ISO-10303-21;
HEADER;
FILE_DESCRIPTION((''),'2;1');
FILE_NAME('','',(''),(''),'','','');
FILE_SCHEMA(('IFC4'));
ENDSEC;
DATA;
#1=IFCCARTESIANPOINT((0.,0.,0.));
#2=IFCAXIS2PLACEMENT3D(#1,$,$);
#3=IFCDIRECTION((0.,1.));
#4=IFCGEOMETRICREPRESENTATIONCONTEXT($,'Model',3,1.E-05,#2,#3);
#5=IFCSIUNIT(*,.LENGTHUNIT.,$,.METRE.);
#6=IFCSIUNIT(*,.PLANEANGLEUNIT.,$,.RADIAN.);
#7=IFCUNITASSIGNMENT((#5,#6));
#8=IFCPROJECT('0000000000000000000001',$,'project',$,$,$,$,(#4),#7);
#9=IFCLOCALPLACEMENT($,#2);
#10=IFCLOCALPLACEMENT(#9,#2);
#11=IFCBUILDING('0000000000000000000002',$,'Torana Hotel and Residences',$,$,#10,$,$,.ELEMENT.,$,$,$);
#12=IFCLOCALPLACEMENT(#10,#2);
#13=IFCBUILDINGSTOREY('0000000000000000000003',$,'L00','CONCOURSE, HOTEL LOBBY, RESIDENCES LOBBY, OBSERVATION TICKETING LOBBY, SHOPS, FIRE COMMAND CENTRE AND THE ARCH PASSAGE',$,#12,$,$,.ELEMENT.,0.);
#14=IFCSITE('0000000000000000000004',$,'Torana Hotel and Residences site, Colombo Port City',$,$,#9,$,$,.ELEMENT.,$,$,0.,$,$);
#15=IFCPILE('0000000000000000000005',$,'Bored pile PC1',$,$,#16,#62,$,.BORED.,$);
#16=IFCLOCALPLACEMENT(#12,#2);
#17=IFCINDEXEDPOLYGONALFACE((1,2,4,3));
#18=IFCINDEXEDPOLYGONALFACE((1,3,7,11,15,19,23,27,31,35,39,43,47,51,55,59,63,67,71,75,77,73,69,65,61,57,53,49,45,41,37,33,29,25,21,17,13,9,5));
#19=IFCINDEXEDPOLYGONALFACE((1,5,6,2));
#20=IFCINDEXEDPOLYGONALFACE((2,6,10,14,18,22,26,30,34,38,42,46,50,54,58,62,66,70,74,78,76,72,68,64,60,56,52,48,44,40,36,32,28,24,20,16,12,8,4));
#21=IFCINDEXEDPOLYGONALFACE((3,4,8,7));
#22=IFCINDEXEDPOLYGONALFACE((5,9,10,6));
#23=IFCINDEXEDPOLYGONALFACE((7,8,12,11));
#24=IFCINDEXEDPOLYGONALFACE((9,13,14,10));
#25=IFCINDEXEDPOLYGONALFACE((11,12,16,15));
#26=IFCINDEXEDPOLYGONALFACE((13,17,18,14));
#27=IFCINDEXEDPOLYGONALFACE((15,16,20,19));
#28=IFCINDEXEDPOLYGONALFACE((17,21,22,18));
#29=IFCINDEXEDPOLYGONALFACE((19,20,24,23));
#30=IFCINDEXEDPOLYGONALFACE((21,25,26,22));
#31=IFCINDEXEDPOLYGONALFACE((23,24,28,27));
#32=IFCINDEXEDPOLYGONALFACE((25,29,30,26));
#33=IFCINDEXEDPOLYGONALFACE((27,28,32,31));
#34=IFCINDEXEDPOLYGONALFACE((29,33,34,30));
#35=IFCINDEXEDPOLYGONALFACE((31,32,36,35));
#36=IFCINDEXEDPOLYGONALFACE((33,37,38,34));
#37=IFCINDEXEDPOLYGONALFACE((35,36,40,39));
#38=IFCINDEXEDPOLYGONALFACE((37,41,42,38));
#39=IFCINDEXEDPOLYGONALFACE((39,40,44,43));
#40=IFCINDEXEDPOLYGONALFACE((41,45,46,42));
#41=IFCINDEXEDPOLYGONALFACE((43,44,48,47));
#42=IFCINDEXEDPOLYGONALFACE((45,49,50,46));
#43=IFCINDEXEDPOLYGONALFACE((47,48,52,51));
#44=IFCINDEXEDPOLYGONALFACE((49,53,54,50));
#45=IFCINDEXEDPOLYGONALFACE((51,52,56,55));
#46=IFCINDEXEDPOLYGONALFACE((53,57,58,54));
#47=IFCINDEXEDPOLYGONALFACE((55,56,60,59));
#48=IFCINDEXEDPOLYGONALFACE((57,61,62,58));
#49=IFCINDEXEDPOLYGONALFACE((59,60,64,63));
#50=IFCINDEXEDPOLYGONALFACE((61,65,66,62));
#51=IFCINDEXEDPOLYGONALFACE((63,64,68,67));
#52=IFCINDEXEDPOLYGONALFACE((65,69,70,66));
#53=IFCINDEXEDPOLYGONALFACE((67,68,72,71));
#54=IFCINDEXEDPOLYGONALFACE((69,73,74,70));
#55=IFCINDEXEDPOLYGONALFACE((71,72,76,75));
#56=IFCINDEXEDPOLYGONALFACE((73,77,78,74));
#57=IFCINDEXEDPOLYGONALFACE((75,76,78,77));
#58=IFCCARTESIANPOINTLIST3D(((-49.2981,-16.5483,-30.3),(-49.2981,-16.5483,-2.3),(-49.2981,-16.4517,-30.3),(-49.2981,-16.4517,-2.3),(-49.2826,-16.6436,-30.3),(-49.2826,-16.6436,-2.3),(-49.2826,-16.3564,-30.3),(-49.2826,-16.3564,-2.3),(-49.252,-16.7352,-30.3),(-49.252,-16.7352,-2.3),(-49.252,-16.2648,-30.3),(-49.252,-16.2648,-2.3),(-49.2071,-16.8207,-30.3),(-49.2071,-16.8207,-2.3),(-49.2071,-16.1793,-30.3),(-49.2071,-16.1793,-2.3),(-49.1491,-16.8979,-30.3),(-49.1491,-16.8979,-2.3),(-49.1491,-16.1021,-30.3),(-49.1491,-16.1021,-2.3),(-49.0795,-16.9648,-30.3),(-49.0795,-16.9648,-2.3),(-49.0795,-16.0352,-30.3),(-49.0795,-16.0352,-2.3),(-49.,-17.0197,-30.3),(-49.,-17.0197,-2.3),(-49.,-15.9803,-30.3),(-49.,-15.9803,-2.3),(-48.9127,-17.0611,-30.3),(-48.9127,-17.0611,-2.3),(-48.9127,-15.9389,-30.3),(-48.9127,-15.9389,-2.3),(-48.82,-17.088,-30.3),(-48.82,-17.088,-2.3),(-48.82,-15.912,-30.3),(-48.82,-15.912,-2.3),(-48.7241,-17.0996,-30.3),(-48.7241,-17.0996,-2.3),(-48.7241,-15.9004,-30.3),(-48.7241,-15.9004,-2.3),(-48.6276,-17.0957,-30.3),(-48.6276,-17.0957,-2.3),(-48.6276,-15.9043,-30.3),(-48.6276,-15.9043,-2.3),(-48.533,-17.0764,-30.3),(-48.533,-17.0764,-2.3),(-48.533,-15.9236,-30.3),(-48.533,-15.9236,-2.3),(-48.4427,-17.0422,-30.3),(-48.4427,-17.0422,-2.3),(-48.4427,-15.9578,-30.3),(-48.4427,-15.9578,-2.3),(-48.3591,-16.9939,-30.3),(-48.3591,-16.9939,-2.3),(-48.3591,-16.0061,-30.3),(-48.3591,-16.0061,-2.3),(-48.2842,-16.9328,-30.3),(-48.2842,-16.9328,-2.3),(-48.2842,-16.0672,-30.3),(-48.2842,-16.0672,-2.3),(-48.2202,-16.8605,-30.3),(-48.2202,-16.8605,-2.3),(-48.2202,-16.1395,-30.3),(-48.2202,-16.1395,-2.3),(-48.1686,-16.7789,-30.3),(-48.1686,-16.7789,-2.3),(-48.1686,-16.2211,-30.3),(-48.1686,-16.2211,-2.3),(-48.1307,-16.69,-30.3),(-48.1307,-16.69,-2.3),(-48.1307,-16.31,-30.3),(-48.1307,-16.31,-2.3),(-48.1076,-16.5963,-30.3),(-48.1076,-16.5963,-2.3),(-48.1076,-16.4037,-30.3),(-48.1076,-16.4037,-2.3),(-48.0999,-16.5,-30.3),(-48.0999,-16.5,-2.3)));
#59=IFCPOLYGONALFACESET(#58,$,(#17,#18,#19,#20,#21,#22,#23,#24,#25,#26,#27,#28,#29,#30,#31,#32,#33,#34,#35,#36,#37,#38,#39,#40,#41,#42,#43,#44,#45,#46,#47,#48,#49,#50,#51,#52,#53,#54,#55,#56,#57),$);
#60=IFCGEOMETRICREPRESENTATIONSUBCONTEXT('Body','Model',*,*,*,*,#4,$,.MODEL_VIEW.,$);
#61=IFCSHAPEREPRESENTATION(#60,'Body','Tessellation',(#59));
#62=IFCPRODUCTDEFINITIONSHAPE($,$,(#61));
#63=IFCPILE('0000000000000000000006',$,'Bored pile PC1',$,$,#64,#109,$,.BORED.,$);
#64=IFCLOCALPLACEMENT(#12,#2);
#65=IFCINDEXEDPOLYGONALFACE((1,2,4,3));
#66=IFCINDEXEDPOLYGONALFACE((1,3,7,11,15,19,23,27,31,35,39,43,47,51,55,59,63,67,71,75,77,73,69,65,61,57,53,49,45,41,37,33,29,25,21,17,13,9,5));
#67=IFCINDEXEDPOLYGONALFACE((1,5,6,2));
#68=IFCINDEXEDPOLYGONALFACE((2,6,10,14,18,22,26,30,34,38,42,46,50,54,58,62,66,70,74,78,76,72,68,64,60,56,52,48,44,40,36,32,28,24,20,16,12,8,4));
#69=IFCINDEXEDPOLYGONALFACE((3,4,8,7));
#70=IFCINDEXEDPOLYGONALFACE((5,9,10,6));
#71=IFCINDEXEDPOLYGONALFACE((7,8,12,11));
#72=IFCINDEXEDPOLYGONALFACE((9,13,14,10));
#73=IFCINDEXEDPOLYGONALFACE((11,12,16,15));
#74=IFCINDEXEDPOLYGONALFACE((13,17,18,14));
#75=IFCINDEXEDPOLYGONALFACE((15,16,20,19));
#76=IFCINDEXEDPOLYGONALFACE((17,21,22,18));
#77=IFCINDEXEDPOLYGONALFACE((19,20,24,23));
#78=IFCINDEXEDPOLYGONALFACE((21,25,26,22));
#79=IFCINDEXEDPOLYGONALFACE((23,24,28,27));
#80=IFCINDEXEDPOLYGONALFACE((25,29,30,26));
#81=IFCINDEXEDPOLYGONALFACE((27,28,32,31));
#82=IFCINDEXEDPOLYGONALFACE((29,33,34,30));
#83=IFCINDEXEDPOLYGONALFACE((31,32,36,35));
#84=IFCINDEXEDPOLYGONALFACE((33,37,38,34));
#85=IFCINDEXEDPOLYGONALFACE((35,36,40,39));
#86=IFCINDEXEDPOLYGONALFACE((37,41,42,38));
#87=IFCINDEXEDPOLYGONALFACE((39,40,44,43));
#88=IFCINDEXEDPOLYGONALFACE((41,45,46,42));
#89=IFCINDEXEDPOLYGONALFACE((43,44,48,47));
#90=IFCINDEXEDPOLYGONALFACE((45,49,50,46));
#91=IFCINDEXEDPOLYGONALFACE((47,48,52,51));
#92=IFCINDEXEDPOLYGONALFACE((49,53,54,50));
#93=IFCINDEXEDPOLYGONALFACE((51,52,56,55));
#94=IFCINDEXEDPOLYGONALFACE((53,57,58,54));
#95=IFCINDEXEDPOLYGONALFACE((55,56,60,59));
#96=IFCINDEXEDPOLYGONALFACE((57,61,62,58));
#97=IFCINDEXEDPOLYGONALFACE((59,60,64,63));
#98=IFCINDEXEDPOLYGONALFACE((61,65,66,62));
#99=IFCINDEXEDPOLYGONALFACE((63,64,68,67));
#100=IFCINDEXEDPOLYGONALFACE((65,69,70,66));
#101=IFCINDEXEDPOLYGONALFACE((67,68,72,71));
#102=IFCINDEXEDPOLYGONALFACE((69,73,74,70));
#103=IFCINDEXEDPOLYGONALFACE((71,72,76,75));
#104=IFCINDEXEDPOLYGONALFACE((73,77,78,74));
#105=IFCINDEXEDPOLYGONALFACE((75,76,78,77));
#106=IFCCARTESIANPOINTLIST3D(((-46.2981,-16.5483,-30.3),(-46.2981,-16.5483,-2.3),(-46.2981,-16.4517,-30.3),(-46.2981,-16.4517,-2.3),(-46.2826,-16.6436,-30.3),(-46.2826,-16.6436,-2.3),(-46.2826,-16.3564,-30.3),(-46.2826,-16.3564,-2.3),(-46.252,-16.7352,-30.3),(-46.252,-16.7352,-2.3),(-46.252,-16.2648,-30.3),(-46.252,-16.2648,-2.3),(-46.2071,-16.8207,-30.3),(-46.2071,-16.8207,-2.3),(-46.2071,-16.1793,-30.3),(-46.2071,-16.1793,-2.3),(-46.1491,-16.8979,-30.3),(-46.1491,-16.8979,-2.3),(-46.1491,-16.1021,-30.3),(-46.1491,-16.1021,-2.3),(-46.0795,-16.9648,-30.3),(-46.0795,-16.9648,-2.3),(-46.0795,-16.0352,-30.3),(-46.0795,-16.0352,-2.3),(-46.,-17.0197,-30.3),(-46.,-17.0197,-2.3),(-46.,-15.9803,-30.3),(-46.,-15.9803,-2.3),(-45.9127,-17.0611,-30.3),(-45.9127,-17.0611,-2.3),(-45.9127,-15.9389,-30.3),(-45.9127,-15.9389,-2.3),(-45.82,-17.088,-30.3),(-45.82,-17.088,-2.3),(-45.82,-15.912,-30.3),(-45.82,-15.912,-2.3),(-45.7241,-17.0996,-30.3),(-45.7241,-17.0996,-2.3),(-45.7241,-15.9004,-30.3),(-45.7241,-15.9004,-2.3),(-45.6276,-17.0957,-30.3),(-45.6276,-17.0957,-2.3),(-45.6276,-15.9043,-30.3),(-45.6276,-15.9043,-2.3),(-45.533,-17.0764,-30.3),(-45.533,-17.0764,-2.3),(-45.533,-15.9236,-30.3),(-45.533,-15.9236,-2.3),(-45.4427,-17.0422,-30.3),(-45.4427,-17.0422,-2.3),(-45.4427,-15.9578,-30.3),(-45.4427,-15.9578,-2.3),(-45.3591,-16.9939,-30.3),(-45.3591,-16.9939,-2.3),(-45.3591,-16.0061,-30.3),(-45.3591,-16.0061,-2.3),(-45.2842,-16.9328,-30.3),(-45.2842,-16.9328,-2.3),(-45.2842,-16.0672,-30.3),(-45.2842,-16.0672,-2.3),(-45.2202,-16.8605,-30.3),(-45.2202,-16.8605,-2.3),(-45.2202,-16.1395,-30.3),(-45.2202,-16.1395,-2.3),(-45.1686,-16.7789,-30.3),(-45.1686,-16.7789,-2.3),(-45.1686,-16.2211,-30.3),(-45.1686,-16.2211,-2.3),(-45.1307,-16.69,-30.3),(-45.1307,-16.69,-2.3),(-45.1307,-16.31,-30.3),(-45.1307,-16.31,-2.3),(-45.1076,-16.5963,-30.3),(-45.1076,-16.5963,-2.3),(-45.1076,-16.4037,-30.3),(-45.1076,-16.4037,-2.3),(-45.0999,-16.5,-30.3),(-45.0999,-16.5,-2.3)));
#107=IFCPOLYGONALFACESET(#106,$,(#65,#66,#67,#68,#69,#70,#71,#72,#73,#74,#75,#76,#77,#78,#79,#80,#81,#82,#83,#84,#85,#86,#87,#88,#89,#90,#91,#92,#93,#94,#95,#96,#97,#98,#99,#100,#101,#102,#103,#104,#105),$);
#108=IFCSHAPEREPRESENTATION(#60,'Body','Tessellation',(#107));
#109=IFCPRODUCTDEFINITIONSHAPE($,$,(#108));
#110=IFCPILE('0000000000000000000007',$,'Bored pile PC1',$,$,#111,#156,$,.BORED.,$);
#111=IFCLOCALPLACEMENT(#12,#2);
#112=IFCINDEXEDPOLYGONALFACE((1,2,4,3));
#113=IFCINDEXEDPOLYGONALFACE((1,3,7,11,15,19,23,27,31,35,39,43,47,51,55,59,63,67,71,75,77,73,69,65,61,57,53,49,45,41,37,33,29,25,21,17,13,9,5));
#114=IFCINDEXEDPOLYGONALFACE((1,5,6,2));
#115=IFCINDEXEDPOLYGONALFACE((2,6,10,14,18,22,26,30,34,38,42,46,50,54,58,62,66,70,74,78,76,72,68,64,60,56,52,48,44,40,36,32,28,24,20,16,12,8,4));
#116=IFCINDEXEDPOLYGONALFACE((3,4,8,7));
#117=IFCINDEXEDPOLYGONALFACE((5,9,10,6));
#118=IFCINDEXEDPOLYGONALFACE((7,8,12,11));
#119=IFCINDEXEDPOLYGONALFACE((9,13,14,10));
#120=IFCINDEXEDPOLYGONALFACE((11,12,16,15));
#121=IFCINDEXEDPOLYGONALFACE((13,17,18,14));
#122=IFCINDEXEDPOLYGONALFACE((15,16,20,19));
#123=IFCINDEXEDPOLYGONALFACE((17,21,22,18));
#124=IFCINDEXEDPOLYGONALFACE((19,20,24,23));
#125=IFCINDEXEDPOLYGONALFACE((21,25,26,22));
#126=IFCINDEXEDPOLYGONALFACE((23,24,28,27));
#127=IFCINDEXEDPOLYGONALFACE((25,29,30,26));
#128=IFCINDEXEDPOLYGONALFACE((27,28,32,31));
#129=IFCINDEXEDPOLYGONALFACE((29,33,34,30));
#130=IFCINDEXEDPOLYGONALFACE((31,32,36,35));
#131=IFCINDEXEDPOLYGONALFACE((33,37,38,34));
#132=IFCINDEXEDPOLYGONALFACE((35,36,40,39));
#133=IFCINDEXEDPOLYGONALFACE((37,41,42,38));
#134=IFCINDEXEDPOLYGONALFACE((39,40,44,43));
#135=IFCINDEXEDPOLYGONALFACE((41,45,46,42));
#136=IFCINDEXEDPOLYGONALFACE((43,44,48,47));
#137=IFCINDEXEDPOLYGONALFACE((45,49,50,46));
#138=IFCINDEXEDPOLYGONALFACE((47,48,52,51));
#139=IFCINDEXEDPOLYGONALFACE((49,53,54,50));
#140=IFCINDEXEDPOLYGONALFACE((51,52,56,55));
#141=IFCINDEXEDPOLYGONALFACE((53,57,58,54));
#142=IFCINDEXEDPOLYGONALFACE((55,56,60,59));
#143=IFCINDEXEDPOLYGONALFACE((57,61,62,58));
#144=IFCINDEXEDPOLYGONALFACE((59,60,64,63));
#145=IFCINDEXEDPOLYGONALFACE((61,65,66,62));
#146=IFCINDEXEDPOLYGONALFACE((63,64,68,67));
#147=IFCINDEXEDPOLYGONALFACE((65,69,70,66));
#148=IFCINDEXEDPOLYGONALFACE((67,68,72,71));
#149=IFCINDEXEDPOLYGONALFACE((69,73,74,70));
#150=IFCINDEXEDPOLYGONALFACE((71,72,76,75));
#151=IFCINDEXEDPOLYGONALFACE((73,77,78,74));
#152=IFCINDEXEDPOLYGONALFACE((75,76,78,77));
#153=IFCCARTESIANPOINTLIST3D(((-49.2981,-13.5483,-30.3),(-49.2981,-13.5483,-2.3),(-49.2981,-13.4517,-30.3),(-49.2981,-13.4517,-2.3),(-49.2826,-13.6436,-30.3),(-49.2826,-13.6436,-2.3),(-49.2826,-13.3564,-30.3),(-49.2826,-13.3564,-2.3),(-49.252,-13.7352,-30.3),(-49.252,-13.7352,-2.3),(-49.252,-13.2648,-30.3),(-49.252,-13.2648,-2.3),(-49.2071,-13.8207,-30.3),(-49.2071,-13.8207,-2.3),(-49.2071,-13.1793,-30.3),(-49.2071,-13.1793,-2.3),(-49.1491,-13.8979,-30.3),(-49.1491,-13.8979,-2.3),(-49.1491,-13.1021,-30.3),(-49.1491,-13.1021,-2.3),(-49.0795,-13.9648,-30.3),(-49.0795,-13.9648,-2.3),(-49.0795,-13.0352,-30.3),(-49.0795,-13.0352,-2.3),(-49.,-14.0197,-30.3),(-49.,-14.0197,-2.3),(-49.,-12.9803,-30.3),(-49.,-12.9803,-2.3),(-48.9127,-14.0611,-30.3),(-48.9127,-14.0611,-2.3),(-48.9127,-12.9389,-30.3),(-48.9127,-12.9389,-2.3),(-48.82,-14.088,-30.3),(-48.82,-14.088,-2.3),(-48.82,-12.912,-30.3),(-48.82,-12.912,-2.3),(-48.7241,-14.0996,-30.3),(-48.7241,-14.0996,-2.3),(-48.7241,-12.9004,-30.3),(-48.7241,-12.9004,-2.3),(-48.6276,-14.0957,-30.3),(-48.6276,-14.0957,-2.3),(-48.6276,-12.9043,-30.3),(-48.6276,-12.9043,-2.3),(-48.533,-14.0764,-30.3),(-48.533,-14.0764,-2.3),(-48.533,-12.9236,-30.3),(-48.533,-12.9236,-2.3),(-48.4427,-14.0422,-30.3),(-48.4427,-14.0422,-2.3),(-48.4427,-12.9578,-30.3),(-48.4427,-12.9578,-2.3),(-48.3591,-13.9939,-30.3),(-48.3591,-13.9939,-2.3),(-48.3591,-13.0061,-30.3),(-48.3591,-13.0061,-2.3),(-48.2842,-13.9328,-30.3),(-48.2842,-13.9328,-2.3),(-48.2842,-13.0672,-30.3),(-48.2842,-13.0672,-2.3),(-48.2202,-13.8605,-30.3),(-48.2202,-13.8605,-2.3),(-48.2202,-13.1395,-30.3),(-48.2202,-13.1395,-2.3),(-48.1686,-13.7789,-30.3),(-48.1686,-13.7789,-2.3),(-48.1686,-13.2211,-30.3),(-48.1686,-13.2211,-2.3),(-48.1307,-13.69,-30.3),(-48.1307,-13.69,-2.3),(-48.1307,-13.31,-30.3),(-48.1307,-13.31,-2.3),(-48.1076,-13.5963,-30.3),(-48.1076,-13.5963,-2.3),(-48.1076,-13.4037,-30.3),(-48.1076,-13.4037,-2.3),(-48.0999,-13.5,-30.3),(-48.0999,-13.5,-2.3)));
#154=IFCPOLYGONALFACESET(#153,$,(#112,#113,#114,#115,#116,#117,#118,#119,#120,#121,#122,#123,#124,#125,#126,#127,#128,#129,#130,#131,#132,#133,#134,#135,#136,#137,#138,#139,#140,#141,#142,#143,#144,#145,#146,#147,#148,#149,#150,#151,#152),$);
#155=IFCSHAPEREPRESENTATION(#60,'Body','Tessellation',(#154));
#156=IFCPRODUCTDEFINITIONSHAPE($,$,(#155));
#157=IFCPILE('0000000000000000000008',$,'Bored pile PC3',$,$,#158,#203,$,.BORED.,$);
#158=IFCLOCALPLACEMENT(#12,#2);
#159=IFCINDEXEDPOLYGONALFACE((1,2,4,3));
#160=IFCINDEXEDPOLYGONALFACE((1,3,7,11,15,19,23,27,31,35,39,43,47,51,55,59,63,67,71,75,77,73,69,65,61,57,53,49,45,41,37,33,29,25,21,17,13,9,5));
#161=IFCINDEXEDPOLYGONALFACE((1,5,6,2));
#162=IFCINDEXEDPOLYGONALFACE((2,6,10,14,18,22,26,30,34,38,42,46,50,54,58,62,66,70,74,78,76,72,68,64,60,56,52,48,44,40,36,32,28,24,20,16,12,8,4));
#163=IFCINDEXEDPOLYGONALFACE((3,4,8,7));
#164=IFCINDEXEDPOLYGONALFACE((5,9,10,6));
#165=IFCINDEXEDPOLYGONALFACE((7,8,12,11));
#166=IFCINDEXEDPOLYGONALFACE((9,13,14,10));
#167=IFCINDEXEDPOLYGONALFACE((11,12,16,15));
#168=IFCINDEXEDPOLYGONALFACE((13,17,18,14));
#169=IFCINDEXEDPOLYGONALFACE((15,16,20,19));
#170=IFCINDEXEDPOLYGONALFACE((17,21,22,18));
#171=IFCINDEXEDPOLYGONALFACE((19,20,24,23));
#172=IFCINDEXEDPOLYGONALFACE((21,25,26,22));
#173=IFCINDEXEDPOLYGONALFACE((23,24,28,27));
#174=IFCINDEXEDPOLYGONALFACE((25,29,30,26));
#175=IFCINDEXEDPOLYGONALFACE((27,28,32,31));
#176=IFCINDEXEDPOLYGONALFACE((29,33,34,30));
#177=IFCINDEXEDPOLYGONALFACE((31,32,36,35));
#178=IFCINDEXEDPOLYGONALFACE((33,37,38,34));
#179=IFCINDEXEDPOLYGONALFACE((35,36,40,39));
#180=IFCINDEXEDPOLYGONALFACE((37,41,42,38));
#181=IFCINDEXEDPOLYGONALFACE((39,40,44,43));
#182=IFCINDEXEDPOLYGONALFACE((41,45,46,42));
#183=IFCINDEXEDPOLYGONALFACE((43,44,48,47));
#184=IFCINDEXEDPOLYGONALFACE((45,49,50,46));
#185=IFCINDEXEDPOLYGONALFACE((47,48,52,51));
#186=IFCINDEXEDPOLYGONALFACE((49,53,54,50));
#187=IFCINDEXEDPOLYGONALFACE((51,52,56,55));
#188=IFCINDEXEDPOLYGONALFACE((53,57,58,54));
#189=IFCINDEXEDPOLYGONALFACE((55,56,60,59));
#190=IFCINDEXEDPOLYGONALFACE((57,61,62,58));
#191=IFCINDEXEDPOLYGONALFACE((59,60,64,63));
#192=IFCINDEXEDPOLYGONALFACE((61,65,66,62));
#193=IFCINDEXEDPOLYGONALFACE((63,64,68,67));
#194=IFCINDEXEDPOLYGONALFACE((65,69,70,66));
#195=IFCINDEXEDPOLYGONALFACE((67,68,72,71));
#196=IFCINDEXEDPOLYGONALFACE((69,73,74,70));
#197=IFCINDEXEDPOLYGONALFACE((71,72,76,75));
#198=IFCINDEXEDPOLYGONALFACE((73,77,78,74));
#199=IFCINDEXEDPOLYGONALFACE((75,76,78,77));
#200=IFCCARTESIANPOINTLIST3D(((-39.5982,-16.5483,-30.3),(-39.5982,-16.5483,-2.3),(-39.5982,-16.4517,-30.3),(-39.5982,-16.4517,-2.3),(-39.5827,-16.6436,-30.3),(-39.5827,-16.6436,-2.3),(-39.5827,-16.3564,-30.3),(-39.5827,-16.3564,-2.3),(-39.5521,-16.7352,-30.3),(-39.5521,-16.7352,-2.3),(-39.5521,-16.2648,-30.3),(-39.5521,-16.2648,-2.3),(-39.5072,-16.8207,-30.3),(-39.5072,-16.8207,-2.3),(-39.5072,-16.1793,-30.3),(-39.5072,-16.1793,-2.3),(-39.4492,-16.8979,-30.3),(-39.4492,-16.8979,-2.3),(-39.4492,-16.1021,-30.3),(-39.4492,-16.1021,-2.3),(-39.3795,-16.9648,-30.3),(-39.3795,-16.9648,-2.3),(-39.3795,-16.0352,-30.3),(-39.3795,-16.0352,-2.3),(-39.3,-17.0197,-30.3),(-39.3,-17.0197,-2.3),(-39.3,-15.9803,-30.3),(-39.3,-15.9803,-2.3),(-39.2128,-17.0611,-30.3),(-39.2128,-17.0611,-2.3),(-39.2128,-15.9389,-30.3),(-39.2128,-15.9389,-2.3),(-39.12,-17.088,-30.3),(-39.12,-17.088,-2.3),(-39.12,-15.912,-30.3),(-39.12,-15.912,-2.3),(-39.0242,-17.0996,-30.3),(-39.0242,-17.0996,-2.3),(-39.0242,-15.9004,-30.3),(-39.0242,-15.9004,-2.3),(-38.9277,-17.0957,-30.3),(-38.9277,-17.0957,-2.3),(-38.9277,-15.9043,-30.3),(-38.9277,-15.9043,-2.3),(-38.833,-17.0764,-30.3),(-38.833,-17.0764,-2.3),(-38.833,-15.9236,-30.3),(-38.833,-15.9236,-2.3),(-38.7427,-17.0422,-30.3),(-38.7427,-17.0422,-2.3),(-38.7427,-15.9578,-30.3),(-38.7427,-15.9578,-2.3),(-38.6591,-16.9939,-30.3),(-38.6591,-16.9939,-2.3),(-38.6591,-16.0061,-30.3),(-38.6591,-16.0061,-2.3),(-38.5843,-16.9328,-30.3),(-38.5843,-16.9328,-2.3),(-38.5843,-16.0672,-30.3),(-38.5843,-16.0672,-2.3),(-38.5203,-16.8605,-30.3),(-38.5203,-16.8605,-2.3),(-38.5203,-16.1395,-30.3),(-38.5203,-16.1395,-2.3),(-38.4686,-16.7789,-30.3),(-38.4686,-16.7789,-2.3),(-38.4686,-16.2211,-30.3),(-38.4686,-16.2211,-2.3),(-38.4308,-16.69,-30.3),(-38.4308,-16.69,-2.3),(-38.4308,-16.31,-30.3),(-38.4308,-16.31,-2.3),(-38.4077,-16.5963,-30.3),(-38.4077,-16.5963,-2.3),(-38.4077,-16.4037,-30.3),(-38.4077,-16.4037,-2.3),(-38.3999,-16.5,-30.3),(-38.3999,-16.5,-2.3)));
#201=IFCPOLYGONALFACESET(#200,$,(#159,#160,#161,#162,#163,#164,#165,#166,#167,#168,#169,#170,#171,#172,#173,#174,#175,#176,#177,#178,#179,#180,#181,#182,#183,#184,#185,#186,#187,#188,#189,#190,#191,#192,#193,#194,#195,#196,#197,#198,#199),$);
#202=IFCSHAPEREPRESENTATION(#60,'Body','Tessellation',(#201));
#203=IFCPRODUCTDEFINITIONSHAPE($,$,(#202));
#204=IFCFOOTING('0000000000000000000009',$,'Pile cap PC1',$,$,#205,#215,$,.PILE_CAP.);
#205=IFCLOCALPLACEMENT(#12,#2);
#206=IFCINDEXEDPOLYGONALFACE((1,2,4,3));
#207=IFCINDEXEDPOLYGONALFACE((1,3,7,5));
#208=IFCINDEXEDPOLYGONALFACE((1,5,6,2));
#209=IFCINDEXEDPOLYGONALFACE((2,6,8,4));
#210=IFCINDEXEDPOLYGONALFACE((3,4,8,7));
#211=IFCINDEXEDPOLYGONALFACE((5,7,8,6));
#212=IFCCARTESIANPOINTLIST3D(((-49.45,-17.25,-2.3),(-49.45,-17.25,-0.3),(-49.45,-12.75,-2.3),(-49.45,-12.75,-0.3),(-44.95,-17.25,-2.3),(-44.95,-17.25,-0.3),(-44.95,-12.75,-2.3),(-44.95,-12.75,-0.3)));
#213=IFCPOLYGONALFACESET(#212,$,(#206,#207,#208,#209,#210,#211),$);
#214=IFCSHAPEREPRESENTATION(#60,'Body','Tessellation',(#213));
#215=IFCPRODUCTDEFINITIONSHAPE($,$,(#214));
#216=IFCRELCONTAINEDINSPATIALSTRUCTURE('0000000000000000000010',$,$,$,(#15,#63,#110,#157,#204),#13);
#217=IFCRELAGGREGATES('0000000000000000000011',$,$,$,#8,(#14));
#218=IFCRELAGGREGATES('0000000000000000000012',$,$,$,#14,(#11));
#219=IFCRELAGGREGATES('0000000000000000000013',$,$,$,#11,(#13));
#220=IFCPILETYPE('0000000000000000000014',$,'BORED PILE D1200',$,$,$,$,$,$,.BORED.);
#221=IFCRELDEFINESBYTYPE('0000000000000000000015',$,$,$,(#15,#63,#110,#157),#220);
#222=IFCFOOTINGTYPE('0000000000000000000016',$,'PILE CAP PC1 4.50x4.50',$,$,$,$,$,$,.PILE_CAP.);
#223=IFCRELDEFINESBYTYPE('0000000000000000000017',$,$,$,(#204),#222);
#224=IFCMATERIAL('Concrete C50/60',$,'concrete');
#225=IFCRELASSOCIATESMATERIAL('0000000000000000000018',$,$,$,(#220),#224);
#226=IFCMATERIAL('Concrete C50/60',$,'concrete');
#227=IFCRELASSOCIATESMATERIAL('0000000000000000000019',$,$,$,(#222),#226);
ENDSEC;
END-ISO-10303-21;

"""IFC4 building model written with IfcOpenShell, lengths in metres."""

from ifc_helpers import new_model, si_unit, direction, frame, origin, origin_2d, place, context, subcontext, project, spatial, rectangle, circle, extrude, material, type_object, element, save


model = new_model("IFC4")

# Units and contexts
model_context = context("Model", 3, precision=1e-05, world=origin(), true_north=direction((0.0, 1.0)))
body_context = subcontext(model_context, "Body", "Model", "MODEL_VIEW")
ifc_project = project(units=[si_unit("LENGTHUNIT", "METRE"), si_unit("PLANEANGLEUNIT", "RADIAN")], contexts=[model_context])

# Site, building, storey
site_placement = place(None, origin())
site = spatial("IfcSite", under=ifc_project, at=site_placement, Name="Torana Hotel and Residences site, Colombo Port City", CompositionType="ELEMENT", RefElevation=0.0)
building_placement = place(site_placement, origin())
building = spatial("IfcBuilding", under=site, at=building_placement, Name="Torana Hotel and Residences", CompositionType="ELEMENT")
storey_placement = place(building_placement, origin())
storey = spatial("IfcBuildingStorey", under=building, at=storey_placement, Name="L00", Description="CONCOURSE, HOTEL LOBBY, RESIDENCES LOBBY, OBSERVATION TICKETING LOBBY, SHOPS, FIRE COMMAND CENTRE AND THE ARCH PASSAGE", CompositionType="ELEMENT", Elevation=0.0)

# Piles
ifc_material_1 = material(Name="Concrete C50/60", Category="concrete")
pile_type = type_object("IfcPileType", Name="BORED PILE D1200", PredefinedType="BORED", material=ifc_material_1)
for number, where, z_axis, x_axis, name in (
    (1, (-48.7, -16.5, -2.3), (0.0, 0.0, -1.0), (1.0, 0.0, 0.0), "Bored pile PC1"),
    (2, (-45.7, -16.5, -2.3), (0.0, 0.0, -1.0), (1.0, 0.0, 0.0), "Bored pile PC1"),
    (3, (-48.7, -13.5, -2.3), (0.0, 0.0, -1.0), (1.0, 0.0, 0.0), "Bored pile PC1"),
    (4, (-39.0, -16.5, -2.3), (0.0, 0.0, -1.0), (1.0, 0.0, 0.0), "Bored pile PC3"),
):
    element("IfcPile", number, at=place(storey_placement, frame(where, z_axis=z_axis, x_axis=x_axis)), inside=storey, type_object=pile_type, Name=name, PredefinedType="BORED", context=body_context, shape_type="SweptSolid", body=[
        extrude(circle(Radius=0.6001, at=origin_2d()), origin(), (0.0, 0.0, 1.0), 28.0),
    ])

# Footing
ifc_material_2 = material(Name="Concrete C50/60", Category="concrete")
footing_type = type_object("IfcFootingType", Name="PILE CAP PC1 4.50x4.50", PredefinedType="PILE_CAP", material=ifc_material_2)
footing_placement = place(storey_placement, frame((-47.2, -15.0, -2.3), z_axis=(0.0, 0.0, 1.0), x_axis=(1.0, 0.0, 0.0)))
element("IfcFooting", 5, at=footing_placement, inside=storey, type_object=footing_type, Name="Pile cap PC1", PredefinedType="PILE_CAP", context=body_context, shape_type="SweptSolid", body=[
    extrude(rectangle(XDim=4.5, YDim=4.5, at=origin_2d()), origin(), (0.0, 0.0, 1.0), 2.0),
])

save(model, "model.ifc")
